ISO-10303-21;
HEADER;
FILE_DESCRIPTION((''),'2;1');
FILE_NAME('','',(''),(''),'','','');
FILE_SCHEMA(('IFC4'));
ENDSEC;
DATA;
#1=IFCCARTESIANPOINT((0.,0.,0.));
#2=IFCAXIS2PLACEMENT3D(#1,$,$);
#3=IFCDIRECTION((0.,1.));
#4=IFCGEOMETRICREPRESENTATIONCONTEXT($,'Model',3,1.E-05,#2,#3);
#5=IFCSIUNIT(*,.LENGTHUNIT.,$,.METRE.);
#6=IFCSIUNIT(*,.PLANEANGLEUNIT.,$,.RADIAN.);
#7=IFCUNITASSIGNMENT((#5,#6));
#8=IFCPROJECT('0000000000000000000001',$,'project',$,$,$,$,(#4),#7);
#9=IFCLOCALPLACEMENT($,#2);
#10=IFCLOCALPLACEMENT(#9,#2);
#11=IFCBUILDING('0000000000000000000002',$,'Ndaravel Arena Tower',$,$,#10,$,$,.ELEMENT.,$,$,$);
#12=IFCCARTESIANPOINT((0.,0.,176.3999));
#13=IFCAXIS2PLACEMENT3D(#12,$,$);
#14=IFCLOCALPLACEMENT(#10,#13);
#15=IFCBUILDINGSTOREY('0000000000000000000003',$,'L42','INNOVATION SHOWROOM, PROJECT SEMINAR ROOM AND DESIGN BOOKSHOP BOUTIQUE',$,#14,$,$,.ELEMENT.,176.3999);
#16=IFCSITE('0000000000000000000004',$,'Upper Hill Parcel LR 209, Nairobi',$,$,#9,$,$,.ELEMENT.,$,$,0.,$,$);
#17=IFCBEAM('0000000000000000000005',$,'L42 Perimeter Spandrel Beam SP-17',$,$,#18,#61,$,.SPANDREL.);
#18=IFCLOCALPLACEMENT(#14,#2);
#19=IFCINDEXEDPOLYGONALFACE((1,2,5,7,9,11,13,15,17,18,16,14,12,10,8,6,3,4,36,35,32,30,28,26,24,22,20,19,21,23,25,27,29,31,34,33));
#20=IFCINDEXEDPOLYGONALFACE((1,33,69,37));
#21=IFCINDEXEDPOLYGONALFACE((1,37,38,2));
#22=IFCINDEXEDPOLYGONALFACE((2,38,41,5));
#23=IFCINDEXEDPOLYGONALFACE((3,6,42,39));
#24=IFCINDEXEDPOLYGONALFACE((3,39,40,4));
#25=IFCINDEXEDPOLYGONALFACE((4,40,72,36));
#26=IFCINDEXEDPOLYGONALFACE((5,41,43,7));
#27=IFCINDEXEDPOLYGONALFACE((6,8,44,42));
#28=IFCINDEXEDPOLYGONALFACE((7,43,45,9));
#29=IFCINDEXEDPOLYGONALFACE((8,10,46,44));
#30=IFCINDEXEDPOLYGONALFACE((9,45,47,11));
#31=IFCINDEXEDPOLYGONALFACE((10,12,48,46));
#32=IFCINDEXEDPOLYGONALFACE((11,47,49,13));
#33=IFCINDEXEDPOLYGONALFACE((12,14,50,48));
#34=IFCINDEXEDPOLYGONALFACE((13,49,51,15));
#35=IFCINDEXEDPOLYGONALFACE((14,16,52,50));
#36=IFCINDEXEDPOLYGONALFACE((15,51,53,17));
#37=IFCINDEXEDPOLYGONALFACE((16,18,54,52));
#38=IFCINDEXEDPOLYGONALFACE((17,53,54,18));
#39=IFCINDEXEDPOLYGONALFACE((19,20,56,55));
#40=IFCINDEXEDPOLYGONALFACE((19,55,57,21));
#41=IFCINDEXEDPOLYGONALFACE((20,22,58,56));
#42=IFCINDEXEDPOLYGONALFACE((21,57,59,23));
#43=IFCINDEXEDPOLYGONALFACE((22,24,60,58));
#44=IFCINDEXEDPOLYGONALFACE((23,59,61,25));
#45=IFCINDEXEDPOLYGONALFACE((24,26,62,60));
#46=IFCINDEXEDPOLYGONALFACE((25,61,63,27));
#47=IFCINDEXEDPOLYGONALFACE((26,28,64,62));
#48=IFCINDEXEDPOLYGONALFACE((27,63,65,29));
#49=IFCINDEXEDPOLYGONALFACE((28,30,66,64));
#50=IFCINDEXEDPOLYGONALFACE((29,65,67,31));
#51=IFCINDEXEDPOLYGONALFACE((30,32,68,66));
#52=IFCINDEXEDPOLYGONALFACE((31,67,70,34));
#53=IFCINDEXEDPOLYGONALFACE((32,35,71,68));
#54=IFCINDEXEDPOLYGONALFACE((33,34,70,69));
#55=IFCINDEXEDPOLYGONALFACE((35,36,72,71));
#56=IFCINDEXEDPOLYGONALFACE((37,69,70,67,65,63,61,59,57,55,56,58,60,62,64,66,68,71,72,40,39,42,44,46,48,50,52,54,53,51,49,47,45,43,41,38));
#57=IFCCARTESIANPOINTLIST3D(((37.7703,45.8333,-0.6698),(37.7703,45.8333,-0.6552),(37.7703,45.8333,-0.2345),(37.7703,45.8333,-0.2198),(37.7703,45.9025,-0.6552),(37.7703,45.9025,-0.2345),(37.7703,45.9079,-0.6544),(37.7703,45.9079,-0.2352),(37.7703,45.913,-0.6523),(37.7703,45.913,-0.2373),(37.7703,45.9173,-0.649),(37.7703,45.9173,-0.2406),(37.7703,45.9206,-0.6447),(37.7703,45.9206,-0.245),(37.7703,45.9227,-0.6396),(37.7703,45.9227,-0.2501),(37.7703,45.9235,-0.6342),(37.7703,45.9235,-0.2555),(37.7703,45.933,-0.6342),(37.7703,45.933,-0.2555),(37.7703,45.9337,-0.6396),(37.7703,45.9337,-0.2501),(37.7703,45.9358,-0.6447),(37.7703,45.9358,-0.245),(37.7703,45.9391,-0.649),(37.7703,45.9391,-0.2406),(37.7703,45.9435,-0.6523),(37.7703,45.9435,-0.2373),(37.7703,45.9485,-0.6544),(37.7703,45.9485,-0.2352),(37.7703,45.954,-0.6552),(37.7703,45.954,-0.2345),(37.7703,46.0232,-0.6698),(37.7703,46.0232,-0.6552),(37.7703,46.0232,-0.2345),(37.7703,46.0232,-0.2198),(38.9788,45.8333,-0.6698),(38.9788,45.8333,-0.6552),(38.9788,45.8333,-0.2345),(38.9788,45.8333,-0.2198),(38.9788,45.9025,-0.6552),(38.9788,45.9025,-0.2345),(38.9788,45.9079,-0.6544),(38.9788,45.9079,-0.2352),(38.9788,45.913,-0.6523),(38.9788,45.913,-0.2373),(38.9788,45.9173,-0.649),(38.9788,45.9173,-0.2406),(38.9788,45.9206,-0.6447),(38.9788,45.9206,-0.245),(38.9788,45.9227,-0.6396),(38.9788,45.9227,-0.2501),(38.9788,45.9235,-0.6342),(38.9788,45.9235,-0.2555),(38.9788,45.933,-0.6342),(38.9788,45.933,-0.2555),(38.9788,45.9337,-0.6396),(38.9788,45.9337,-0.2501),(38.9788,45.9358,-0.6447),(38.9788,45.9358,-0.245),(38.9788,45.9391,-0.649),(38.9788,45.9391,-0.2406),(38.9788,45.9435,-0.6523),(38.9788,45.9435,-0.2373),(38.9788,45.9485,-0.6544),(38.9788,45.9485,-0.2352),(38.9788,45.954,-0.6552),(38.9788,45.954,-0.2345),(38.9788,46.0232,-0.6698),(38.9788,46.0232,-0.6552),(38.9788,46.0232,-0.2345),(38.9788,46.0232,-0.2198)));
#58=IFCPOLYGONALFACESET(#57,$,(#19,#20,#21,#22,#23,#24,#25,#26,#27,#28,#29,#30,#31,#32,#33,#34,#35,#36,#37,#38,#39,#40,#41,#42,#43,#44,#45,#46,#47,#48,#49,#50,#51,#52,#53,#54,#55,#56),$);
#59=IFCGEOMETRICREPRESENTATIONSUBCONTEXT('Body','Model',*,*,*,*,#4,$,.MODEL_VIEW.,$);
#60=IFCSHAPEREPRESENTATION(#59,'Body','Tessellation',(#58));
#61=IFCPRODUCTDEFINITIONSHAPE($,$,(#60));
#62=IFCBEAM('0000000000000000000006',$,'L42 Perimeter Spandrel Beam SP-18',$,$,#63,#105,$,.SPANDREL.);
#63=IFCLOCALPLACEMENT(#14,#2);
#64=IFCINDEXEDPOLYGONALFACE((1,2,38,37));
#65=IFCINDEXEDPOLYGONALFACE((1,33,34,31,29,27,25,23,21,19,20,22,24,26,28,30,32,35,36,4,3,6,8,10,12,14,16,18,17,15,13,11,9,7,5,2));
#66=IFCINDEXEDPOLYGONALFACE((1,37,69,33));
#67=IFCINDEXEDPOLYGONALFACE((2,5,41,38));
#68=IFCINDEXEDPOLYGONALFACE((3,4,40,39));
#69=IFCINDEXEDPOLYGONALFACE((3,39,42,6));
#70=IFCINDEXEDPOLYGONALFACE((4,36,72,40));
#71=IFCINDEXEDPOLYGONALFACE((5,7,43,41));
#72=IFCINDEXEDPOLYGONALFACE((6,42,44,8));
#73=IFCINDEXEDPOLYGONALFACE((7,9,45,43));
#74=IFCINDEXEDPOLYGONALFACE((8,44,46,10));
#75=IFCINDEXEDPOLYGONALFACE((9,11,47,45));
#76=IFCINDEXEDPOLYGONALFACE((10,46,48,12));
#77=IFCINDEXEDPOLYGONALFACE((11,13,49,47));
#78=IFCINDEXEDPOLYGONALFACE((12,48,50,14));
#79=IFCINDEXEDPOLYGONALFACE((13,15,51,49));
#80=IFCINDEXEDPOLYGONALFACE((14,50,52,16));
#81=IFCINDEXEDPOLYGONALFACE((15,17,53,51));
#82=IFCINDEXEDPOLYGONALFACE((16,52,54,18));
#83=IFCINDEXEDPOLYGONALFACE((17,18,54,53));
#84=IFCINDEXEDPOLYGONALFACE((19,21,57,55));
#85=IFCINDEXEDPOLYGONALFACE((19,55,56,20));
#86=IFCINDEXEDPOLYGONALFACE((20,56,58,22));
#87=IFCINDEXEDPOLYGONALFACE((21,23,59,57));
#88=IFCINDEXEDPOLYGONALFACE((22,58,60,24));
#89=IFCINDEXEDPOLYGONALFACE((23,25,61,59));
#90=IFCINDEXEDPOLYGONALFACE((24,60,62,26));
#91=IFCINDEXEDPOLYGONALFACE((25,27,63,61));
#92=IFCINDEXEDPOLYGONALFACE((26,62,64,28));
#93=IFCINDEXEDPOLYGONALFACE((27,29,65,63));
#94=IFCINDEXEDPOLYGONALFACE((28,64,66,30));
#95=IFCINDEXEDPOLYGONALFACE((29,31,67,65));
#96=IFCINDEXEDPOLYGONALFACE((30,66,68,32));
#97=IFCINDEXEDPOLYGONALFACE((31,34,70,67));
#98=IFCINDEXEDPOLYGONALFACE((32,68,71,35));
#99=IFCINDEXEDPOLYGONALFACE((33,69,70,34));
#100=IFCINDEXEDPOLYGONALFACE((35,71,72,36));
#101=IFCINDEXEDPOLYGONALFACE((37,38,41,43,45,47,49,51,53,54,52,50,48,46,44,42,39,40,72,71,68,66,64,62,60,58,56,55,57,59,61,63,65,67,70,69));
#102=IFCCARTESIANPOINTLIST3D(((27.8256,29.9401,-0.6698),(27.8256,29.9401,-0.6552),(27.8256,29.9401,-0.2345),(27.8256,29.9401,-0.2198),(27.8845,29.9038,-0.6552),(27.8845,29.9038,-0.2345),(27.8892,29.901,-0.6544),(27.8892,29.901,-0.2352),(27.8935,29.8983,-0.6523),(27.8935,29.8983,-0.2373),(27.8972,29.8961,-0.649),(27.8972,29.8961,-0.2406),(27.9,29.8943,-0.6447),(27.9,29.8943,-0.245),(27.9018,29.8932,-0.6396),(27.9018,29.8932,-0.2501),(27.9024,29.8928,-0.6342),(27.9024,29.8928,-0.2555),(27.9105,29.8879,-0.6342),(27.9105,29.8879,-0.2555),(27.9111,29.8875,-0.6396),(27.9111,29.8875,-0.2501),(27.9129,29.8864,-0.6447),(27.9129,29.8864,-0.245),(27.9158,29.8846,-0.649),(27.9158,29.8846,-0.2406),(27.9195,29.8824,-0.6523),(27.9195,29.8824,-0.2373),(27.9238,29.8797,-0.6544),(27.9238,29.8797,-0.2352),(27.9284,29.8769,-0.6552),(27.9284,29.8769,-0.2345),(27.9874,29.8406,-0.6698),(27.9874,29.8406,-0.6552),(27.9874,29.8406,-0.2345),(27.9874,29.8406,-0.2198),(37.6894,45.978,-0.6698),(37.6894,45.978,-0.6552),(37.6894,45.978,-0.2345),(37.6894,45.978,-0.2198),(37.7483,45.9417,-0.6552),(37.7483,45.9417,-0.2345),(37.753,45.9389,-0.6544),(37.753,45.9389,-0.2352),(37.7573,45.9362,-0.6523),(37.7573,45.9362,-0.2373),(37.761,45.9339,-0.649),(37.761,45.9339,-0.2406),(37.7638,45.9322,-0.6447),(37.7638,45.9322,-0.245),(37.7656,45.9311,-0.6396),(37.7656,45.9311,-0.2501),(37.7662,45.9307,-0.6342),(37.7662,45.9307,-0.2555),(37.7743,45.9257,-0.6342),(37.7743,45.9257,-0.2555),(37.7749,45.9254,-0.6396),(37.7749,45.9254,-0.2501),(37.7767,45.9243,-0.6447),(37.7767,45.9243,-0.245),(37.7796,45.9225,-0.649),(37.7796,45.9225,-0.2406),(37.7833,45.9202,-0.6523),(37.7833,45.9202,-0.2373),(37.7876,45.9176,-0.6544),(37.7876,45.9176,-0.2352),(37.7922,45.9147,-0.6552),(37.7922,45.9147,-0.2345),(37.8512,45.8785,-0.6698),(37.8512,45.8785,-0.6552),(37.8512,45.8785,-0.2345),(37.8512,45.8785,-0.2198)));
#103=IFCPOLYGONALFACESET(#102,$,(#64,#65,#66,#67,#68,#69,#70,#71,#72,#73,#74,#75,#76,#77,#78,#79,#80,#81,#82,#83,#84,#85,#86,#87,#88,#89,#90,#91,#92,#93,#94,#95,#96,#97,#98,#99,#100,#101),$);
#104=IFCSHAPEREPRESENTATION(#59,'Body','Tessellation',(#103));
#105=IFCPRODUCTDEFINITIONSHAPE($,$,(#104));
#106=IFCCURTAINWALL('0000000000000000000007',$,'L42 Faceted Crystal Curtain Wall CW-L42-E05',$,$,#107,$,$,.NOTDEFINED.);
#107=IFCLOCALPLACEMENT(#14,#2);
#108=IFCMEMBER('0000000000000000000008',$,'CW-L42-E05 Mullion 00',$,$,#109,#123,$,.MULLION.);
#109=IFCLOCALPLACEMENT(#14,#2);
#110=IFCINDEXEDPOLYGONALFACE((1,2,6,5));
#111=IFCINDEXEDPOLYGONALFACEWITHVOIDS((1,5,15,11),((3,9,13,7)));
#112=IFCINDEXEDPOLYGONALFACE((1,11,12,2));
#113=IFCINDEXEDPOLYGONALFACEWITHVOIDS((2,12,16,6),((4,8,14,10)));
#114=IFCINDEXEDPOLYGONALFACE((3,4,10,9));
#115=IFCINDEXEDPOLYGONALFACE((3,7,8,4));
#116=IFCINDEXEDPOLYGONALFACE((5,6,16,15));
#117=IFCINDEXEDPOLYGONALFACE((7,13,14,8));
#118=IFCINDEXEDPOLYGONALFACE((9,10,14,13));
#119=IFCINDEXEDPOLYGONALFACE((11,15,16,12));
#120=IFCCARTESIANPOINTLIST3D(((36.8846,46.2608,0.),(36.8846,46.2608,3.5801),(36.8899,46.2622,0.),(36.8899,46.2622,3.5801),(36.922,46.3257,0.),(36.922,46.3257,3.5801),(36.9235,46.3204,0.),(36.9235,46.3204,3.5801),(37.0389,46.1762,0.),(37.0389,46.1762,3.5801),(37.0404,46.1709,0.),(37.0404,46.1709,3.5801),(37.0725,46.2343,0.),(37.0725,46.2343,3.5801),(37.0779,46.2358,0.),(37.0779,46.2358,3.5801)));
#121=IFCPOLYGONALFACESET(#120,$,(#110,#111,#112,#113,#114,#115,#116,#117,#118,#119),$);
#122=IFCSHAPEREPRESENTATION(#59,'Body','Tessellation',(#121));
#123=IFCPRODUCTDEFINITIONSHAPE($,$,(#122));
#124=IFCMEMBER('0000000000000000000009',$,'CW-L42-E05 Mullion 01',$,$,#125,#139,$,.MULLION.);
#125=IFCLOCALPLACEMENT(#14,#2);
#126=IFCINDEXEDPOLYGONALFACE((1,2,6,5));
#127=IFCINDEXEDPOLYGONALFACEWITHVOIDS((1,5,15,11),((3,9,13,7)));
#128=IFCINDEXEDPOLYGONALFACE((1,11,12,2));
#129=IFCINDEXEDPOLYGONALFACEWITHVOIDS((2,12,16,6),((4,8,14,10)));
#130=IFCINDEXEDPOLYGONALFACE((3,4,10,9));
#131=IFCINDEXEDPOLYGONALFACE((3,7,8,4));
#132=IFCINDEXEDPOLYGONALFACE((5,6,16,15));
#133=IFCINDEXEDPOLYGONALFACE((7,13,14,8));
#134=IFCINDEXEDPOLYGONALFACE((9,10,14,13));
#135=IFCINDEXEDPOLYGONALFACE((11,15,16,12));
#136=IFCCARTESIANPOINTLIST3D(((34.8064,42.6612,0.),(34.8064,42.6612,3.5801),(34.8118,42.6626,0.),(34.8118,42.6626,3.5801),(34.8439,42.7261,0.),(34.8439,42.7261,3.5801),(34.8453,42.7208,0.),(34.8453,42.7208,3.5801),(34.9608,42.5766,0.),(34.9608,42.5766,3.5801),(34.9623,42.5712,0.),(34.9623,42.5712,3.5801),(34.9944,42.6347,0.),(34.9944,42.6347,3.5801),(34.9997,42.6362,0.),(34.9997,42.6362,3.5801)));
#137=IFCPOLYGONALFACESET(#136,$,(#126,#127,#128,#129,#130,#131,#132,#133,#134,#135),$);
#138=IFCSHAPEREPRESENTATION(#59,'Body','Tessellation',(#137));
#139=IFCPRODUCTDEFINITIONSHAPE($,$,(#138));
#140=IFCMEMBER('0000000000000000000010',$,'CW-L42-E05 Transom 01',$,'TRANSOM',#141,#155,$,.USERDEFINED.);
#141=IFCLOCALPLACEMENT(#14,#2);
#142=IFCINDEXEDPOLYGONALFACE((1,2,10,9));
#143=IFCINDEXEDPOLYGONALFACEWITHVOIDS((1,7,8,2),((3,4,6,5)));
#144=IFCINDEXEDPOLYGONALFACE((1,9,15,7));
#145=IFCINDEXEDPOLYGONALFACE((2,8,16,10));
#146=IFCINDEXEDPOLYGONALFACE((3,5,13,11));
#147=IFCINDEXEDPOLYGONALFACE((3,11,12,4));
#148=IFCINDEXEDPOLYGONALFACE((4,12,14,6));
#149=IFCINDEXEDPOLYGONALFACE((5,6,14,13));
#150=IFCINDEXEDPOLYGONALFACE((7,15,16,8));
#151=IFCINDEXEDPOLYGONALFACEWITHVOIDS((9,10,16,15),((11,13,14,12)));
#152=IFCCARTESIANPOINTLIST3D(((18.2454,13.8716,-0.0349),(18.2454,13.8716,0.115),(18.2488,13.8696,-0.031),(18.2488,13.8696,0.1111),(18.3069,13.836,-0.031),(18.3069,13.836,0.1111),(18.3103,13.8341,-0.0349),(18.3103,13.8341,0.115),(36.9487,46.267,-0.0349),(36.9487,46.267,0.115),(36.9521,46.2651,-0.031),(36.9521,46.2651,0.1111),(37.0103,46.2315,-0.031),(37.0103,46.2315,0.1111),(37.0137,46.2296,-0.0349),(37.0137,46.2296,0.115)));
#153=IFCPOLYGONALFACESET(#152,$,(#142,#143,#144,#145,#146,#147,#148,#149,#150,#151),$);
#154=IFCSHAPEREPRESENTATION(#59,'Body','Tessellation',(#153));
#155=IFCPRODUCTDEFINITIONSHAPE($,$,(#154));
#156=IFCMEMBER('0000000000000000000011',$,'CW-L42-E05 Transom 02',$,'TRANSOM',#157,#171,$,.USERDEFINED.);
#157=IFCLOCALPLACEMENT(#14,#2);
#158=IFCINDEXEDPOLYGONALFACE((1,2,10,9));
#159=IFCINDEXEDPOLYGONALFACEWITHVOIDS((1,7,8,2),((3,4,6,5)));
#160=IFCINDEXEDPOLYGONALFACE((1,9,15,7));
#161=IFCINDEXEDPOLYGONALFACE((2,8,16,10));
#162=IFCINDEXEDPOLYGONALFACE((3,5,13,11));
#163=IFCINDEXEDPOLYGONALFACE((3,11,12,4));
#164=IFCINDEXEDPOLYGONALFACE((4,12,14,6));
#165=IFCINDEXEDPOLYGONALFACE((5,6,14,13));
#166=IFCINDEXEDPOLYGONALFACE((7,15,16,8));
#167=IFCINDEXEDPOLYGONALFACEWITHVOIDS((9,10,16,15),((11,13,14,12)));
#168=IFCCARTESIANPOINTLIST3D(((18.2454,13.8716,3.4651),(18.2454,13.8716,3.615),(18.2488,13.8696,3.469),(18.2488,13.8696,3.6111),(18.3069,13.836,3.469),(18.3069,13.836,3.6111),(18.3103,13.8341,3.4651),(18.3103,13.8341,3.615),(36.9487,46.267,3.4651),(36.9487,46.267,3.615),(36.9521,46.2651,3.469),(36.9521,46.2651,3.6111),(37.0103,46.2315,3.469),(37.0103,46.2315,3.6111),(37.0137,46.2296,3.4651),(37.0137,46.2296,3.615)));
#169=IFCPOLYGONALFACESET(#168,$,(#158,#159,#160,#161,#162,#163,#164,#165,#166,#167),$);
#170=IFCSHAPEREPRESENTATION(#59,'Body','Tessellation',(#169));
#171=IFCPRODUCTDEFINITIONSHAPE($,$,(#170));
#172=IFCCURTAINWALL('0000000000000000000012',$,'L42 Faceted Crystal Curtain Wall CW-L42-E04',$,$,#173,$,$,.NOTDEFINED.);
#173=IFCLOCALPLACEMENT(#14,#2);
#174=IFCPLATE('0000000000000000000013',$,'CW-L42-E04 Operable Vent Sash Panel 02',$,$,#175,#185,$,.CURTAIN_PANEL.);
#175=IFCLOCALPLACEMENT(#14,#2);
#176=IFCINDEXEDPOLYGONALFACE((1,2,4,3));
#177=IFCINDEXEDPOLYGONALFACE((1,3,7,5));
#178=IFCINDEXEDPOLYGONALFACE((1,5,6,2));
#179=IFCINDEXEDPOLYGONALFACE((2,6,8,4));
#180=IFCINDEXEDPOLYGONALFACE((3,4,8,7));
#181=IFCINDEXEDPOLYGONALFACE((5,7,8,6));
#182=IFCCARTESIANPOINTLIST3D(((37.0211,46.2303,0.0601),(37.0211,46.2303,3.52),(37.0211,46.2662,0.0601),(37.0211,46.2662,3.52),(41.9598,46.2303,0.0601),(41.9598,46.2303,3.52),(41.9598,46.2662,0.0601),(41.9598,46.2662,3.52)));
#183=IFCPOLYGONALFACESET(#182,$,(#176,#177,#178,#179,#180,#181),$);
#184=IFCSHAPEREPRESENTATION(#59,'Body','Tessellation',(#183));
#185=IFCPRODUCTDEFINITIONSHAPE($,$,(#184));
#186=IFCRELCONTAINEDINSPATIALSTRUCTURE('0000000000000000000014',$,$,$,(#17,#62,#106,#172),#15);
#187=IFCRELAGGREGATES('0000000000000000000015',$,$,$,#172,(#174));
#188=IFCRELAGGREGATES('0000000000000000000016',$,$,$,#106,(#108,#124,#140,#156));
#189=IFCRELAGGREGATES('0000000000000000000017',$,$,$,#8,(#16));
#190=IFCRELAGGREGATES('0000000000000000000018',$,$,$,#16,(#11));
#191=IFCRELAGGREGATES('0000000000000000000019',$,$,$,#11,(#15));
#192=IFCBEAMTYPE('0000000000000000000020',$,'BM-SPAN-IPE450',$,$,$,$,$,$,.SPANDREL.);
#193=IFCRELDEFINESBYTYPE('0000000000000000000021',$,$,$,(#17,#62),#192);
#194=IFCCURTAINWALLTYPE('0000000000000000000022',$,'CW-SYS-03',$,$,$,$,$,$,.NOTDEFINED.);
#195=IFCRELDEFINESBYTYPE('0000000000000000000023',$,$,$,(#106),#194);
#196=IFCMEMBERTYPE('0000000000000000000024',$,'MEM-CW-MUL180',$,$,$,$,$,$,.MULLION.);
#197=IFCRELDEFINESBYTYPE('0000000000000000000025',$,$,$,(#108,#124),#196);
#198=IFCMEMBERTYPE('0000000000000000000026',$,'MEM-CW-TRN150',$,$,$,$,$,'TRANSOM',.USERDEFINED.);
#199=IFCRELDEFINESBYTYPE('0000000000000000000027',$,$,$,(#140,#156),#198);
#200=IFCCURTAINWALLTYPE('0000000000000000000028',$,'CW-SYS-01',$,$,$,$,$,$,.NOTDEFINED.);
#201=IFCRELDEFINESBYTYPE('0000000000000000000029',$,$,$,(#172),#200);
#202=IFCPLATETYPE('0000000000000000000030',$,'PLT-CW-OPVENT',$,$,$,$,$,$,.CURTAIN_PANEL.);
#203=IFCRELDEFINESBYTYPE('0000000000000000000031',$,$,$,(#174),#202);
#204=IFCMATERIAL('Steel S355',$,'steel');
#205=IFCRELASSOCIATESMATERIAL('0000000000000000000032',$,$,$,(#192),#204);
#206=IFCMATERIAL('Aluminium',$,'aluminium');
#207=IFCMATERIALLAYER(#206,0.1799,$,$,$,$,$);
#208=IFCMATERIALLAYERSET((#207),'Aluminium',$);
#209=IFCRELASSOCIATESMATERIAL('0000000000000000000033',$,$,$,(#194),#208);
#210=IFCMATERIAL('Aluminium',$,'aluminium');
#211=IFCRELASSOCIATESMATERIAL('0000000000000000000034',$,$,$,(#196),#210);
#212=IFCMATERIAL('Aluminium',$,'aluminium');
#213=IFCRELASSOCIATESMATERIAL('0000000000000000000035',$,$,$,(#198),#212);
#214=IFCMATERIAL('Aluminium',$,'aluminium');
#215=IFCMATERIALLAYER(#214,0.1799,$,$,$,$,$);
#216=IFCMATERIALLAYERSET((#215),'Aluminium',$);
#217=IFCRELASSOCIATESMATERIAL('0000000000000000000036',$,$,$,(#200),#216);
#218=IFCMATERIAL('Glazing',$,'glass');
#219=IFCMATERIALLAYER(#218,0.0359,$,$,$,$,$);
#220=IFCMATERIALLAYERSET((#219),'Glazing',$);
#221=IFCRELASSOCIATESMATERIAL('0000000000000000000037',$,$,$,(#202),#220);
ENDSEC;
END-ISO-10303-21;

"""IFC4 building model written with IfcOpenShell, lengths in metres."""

from ifc_helpers import new_model, si_unit, direction, frame, origin, origin_2d, place, context, subcontext, project, spatial, rectangle, hollow_rectangle, i_section, extrude, material, layer, layer_set, material_profile, profile_set, type_object, element, aggregate, save


model = new_model("IFC4")

# Units and contexts
model_context = context("Model", 3, precision=1e-05, world=origin(), true_north=direction((0.0, 1.0)))
body_context = subcontext(model_context, "Body", "Model", "MODEL_VIEW")
ifc_project = project(units=[si_unit("LENGTHUNIT", "METRE"), si_unit("PLANEANGLEUNIT", "RADIAN")], contexts=[model_context])

# Site, building, storey
site_placement = place(None, origin())
site = spatial("IfcSite", under=ifc_project, at=site_placement, Name="Upper Hill Parcel LR 209, Nairobi", CompositionType="ELEMENT", RefElevation=0.0)
building_placement = place(site_placement, origin())
building = spatial("IfcBuilding", under=site, at=building_placement, Name="Ndaravel Arena Tower", CompositionType="ELEMENT")
storey_placement = place(building_placement, frame((0.0, 0.0, 176.3999)))
storey = spatial("IfcBuildingStorey", under=building, at=storey_placement, Name="L42", Description="INNOVATION SHOWROOM, PROJECT SEMINAR ROOM AND DESIGN BOOKSHOP BOUTIQUE", CompositionType="ELEMENT", Elevation=176.3999)

# Beams
ifc_material_1 = material(Name="Steel S355", Category="steel")
ifc_material_profile_1 = material_profile(ifc_material_1, i_section(OverallWidth=0.1899, OverallDepth=0.45, WebThickness=0.0095, FlangeThickness=0.0146, FilletRadius=0.021, at=origin_2d()), Name="IPE 450")
ifc_profile_set_1 = profile_set([ifc_material_profile_1], Name="Steel S355")
beam_type_1 = type_object("IfcBeamType", Name="BM-SPAN-IPE450", PredefinedType="SPANDREL", material=ifc_profile_set_1)
for number, where, z_axis, x_axis, name in (
    (1, (38.9788, 45.9282, -0.4448), (-1.0, 0.0, 0.0), (0.0, -1.0, 0.0), "L42 Perimeter Spandrel Beam SP-17"),
):
    element("IfcBeam", number, at=place(storey_placement, frame(where, z_axis=z_axis, x_axis=x_axis)), inside=storey, type_object=beam_type_1, Name=name, PredefinedType="SPANDREL", context=body_context, shape_type="SweptSolid", body=[
        extrude(i_section(OverallWidth=0.1899, OverallDepth=0.45, WebThickness=0.0095, FlangeThickness=0.0146, FilletRadius=0.021, at=origin_2d()), origin(), (0.0, 0.0, 1.0), 1.2085),
    ])
beam_1_placement = place(storey_placement, frame((37.7703, 45.9282, -0.4448), z_axis=(-0.523879, -0.851793, 0.0), x_axis=(0.851793, -0.523879, 0.0)))
element("IfcBeam", 2, at=beam_1_placement, inside=storey, type_object=beam_type_1, Name="L42 Perimeter Spandrel Beam SP-18", PredefinedType="SPANDREL", context=body_context, shape_type="SweptSolid", body=[
    extrude(i_section(OverallWidth=0.1899, OverallDepth=0.45, WebThickness=0.0095, FlangeThickness=0.0146, FilletRadius=0.021, at=origin_2d()), origin(), (0.0, 0.0, 1.0), 18.8284),
])

# Curtain wall, members
ifc_material_2 = material(Name="Aluminium", Category="aluminium")
ifc_layer_1 = layer(ifc_material_2, 0.1799)
ifc_layer_set_1 = layer_set([ifc_layer_1], Name="Aluminium")
curtain_wall_type_1 = type_object("IfcCurtainWallType", Name="CW-SYS-03", PredefinedType="NOTDEFINED", material=ifc_layer_set_1)
curtain_wall_1_placement = place(storey_placement, origin())
curtain_wall_1 = element("IfcCurtainWall", 3, at=curtain_wall_1_placement, inside=storey, type_object=curtain_wall_type_1, Name="L42 Faceted Crystal Curtain Wall CW-L42-E05", PredefinedType="NOTDEFINED")
ifc_material_3 = material(Name="Aluminium", Category="aluminium")
ifc_material_profile_2 = material_profile(ifc_material_3, hollow_rectangle(XDim=0.075, YDim=0.1799, WallThickness=0.0039, at=origin_2d()), Name="CW MULLION 75x180x4")
ifc_profile_set_2 = profile_set([ifc_material_profile_2], Name="Aluminium")
member_type_1 = type_object("IfcMemberType", Name="MEM-CW-MUL180", PredefinedType="MULLION", material=ifc_profile_set_2)
member_1_placement = place(storey_placement, frame((36.9812, 46.2483, 0.0), z_axis=(0.0, 0.0, 1.0), x_axis=(-0.5, -0.866025, 0.0)))
member_1 = element("IfcMember", 4, at=member_1_placement, type_object=member_type_1, Name="CW-L42-E05 Mullion 00", PredefinedType="MULLION", context=body_context, shape_type="SweptSolid", body=[
    extrude(hollow_rectangle(XDim=0.075, YDim=0.1799, WallThickness=0.0039, at=origin_2d()), origin(), (0.0, 0.0, 1.0), 3.5801),
])
member_2_placement = place(storey_placement, frame((34.9031, 42.6487, 0.0), z_axis=(0.0, 0.0, 1.0), x_axis=(-0.5, -0.866025, 0.0)))
member_2 = element("IfcMember", 5, at=member_2_placement, type_object=member_type_1, Name="CW-L42-E05 Mullion 01", PredefinedType="MULLION", context=body_context, shape_type="SweptSolid", body=[
    extrude(hollow_rectangle(XDim=0.075, YDim=0.1799, WallThickness=0.0039, at=origin_2d()), origin(), (0.0, 0.0, 1.0), 3.5801),
])
ifc_material_4 = material(Name="Aluminium", Category="aluminium")
ifc_material_profile_3 = material_profile(ifc_material_4, hollow_rectangle(XDim=0.075, YDim=0.1499, WallThickness=0.0039, at=origin_2d()), Name="CW TRANSOM 75x150x4")
ifc_profile_set_3 = profile_set([ifc_material_profile_3], Name="Aluminium")
member_type_2 = type_object("IfcMemberType", Name="MEM-CW-TRN150", ElementType="TRANSOM", PredefinedType="USERDEFINED", material=ifc_profile_set_3)
member_3_placement = place(storey_placement, frame((36.9812, 46.2483, 0.04), z_axis=(-0.499996, -0.866028, 0.0), x_axis=(0.866028, -0.499996, 0.0)))
member_3 = element("IfcMember", 6, at=member_3_placement, type_object=member_type_2, Name="CW-L42-E05 Transom 01", ObjectType="TRANSOM", PredefinedType="USERDEFINED", context=body_context, shape_type="SweptSolid", body=[
    extrude(hollow_rectangle(XDim=0.075, YDim=0.1499, WallThickness=0.0039, at=origin_2d()), origin(), (0.0, 0.0, 1.0), 37.407),
])
member_4_placement = place(storey_placement, frame((36.9812, 46.2483, 3.54), z_axis=(-0.499996, -0.866028, 0.0), x_axis=(0.866028, -0.499996, 0.0)))
member_4 = element("IfcMember", 7, at=member_4_placement, type_object=member_type_2, Name="CW-L42-E05 Transom 02", ObjectType="TRANSOM", PredefinedType="USERDEFINED", context=body_context, shape_type="SweptSolid", body=[
    extrude(hollow_rectangle(XDim=0.075, YDim=0.1499, WallThickness=0.0039, at=origin_2d()), origin(), (0.0, 0.0, 1.0), 37.407),
])

# Curtain wall, plate
ifc_material_5 = material(Name="Aluminium", Category="aluminium")
ifc_layer_2 = layer(ifc_material_5, 0.1799)
ifc_layer_set_2 = layer_set([ifc_layer_2], Name="Aluminium")
curtain_wall_type_2 = type_object("IfcCurtainWallType", Name="CW-SYS-01", PredefinedType="NOTDEFINED", material=ifc_layer_set_2)
curtain_wall_2_placement = place(storey_placement, origin())
curtain_wall_2 = element("IfcCurtainWall", 8, at=curtain_wall_2_placement, inside=storey, type_object=curtain_wall_type_2, Name="L42 Faceted Crystal Curtain Wall CW-L42-E04", PredefinedType="NOTDEFINED")
ifc_material_6 = material(Name="Glazing", Category="glass")
ifc_layer_3 = layer(ifc_material_6, 0.0359)
ifc_layer_set_3 = layer_set([ifc_layer_3], Name="Glazing")
plate_type_1 = type_object("IfcPlateType", Name="PLT-CW-OPVENT", PredefinedType="CURTAIN_PANEL", material=ifc_layer_set_3)
plate_1_placement = place(storey_placement, frame((39.4905, 46.2483, 0.0601), z_axis=(0.0, 0.0, 1.0), x_axis=(-1.0, 0.0, 0.0)))
plate_1 = element("IfcPlate", 9, at=plate_1_placement, type_object=plate_type_1, Name="CW-L42-E04 Operable Vent Sash Panel 02", PredefinedType="CURTAIN_PANEL", context=body_context, shape_type="SweptSolid", body=[
    extrude(rectangle(XDim=4.9387, YDim=0.0359, at=origin_2d()), origin(), (0.0, 0.0, 1.0), 3.46),
])
aggregate(curtain_wall_2, [plate_1])

aggregate(curtain_wall_1, [member_1, member_2, member_3, member_4])

save(model, "model.ifc")
